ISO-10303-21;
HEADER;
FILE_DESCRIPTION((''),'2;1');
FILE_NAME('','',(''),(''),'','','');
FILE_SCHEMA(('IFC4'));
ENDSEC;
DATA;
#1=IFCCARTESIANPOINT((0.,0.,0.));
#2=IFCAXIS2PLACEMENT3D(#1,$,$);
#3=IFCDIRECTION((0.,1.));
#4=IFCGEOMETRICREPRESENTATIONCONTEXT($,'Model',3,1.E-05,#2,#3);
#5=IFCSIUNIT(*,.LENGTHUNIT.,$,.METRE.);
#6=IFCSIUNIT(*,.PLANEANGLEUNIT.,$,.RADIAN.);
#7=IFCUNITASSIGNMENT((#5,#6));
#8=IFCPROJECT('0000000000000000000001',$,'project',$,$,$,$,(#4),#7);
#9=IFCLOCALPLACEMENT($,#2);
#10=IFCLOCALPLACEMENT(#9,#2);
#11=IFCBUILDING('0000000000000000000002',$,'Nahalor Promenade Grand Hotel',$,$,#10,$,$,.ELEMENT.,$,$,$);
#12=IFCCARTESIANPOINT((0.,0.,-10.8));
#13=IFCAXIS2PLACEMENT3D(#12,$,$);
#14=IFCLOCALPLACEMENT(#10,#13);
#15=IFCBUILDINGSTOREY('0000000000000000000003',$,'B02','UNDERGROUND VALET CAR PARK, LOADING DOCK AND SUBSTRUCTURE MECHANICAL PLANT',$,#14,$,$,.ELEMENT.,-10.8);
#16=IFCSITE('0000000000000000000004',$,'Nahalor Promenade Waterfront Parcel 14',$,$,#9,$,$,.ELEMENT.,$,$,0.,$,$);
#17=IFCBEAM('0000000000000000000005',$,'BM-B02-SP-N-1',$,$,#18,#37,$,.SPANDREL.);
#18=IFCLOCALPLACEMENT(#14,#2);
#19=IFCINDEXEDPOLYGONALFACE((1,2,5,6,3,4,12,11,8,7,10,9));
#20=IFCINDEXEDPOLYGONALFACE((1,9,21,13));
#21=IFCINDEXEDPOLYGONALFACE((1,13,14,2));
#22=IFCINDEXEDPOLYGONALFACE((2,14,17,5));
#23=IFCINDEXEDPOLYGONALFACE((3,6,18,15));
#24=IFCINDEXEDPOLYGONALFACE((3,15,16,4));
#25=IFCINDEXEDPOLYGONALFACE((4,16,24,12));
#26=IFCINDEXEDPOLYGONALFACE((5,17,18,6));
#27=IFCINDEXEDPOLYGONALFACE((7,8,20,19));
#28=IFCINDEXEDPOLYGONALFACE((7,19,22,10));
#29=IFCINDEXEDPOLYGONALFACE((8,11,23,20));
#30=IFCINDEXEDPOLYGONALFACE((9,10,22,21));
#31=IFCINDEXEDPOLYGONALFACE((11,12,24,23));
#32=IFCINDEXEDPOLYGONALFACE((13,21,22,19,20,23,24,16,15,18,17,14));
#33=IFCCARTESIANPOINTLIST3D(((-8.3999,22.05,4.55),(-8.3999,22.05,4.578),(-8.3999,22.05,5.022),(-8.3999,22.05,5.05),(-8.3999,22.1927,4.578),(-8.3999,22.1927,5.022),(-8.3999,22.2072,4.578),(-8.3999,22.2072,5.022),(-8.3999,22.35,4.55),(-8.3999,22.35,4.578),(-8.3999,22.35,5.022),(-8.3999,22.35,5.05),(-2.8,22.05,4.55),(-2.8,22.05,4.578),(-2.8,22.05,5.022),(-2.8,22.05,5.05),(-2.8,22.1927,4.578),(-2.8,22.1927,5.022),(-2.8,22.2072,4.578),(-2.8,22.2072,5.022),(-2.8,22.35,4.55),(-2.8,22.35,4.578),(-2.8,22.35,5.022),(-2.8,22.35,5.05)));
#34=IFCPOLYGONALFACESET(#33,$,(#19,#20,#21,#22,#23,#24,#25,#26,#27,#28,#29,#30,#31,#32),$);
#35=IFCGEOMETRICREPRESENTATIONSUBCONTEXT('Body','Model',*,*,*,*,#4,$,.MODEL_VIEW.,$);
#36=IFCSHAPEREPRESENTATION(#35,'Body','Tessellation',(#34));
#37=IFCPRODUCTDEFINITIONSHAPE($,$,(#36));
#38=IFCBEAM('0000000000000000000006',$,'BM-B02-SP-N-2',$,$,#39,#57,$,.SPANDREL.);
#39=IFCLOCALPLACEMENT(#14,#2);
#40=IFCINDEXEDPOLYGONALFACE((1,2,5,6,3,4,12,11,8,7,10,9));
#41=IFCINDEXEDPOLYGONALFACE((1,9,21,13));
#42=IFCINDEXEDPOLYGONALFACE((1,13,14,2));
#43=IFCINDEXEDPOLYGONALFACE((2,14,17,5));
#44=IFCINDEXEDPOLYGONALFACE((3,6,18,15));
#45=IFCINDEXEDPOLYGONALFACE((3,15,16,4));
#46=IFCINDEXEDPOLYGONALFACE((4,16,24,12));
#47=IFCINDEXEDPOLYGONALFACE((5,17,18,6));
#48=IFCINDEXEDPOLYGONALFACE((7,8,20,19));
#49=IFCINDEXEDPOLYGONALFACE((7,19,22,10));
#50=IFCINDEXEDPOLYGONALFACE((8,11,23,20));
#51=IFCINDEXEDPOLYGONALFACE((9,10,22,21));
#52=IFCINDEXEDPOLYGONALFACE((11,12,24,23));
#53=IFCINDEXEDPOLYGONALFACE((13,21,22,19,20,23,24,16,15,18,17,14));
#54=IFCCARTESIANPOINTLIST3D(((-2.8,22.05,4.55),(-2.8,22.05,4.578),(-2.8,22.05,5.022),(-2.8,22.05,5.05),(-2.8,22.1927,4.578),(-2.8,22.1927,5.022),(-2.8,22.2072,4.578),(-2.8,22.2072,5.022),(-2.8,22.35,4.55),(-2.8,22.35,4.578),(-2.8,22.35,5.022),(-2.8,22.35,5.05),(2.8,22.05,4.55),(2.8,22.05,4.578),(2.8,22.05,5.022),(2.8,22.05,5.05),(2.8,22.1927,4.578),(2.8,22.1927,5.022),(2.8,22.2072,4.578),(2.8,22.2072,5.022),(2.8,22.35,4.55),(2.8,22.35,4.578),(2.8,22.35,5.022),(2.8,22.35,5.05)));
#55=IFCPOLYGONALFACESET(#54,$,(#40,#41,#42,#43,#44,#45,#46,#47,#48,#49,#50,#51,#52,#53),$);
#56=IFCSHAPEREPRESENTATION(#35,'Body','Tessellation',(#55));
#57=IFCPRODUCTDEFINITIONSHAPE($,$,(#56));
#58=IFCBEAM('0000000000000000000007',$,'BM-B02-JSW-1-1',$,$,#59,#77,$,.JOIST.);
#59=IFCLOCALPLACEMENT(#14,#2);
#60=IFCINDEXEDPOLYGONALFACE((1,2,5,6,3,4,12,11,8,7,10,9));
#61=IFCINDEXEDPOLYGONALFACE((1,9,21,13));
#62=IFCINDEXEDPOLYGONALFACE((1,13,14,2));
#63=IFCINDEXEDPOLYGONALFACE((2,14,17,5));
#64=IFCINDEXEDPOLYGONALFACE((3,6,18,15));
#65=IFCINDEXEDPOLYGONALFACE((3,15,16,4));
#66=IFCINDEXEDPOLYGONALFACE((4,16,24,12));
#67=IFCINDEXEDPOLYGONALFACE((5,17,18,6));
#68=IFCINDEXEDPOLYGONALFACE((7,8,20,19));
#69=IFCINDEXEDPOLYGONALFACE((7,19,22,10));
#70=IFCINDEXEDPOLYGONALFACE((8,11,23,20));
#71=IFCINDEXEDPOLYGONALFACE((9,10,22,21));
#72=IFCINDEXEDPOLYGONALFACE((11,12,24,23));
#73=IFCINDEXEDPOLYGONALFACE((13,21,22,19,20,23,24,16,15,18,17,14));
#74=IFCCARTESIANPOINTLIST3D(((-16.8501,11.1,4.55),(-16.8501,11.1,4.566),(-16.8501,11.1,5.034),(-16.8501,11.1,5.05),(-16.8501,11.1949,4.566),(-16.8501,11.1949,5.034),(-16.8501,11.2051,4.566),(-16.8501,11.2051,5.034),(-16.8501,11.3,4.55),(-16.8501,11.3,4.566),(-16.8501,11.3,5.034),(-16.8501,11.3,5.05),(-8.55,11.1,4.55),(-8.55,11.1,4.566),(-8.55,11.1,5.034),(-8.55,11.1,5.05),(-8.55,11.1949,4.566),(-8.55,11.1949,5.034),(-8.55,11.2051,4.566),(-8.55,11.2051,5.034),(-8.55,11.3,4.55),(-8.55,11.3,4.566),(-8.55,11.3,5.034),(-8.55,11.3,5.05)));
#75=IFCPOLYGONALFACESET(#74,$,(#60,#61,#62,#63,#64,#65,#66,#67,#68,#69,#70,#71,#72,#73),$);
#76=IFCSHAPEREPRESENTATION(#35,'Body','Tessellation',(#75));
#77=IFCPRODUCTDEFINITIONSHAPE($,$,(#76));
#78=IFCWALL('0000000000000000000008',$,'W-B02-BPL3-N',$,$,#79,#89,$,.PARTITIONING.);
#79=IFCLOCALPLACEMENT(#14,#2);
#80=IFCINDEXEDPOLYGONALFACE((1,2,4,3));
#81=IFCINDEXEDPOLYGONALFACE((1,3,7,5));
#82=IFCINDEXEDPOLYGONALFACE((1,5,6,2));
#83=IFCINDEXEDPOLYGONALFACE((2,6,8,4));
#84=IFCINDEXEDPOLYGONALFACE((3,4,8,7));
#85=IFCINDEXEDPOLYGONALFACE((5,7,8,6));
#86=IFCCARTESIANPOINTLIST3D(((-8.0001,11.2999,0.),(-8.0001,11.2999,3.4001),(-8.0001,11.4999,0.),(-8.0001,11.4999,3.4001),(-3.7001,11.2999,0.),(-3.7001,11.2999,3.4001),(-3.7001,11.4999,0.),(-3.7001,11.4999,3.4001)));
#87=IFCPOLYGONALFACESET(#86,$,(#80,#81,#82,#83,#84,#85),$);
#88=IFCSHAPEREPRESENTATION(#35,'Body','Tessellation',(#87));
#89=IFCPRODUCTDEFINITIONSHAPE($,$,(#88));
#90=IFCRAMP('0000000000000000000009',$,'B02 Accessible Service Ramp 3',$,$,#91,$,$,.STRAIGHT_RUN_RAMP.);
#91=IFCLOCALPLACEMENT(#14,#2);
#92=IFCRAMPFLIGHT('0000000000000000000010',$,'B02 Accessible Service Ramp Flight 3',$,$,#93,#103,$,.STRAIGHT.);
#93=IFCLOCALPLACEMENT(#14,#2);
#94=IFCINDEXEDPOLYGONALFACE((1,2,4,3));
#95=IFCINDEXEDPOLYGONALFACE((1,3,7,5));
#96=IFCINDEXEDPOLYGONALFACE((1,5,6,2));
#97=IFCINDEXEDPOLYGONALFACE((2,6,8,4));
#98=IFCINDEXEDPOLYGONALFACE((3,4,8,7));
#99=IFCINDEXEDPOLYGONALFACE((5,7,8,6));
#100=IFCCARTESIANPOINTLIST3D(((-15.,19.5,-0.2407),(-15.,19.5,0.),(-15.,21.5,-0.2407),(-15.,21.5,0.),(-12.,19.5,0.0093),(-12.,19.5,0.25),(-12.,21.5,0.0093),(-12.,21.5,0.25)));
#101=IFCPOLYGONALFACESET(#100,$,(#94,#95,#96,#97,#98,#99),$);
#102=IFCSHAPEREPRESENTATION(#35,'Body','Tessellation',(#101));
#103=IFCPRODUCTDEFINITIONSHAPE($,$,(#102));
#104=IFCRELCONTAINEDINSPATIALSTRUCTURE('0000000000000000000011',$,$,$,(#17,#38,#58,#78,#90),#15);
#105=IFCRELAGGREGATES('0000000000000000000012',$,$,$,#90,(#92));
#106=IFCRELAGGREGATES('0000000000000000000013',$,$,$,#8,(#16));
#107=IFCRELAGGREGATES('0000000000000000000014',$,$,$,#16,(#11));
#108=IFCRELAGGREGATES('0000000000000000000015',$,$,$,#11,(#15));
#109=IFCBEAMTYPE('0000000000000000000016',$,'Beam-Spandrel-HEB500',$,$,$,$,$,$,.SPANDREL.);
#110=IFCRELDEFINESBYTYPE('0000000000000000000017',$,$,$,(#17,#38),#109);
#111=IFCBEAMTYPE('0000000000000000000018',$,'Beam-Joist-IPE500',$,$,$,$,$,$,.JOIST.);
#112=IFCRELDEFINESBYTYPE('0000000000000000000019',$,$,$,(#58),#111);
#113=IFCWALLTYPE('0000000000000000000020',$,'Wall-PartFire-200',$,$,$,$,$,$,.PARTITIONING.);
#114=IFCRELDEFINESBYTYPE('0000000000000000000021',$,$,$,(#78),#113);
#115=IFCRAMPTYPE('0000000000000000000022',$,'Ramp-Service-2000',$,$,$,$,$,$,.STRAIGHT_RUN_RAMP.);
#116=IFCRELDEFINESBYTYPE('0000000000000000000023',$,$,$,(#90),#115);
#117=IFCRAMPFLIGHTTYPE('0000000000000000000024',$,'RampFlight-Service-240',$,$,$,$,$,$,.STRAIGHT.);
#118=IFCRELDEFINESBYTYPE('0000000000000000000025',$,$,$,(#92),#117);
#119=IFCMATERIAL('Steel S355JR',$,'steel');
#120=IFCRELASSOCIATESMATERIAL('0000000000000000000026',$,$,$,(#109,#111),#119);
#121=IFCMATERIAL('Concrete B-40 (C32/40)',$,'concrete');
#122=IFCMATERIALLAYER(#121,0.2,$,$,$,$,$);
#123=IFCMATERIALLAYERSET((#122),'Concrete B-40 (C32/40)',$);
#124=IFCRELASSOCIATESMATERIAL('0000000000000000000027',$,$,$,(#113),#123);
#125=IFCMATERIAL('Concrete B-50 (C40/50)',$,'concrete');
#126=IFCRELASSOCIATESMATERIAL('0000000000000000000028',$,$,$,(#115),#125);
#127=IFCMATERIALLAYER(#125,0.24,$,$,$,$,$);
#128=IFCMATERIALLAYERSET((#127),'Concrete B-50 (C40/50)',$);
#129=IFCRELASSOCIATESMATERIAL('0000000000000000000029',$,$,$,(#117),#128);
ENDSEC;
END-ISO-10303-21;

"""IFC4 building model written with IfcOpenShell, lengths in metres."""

from ifc_helpers import new_model, si_unit, direction, frame, frame_2d, origin, origin_2d, place, context, subcontext, project, spatial, polyline, rectangle, i_section, outline, extrude, source, transform, mapped, material, layer, layer_set, material_profile, profile_set, type_object, element, aggregate, save


model = new_model("IFC4")

# Units and contexts
model_context = context("Model", 3, precision=1e-05, world=origin(), true_north=direction((0.0, 1.0)))
body_context = subcontext(model_context, "Body", "Model", "MODEL_VIEW")
ifc_project = project(units=[si_unit("LENGTHUNIT", "METRE"), si_unit("PLANEANGLEUNIT", "RADIAN")], contexts=[model_context])

# Site, building, storey
site_placement = place(None, origin())
site = spatial("IfcSite", under=ifc_project, at=site_placement, Name="Nahalor Promenade Waterfront Parcel 14", CompositionType="ELEMENT", RefElevation=0.0)
building_placement = place(site_placement, origin())
building = spatial("IfcBuilding", under=site, at=building_placement, Name="Nahalor Promenade Grand Hotel", CompositionType="ELEMENT")
storey_placement = place(building_placement, frame((0.0, 0.0, -10.8)))
storey = spatial("IfcBuildingStorey", under=building, at=storey_placement, Name="B02", Description="UNDERGROUND VALET CAR PARK, LOADING DOCK AND SUBSTRUCTURE MECHANICAL PLANT", CompositionType="ELEMENT", Elevation=-10.8)

# Shared definitions
ifc_material_1 = material(Name="Concrete B-50 (C40/50)", Category="concrete")

# Beams
ifc_material_2 = material(Name="Steel S355JR", Category="steel")
ifc_material_profile_1 = material_profile(ifc_material_2, i_section(OverallWidth=0.3, OverallDepth=0.5, WebThickness=0.0145, FlangeThickness=0.028, at=origin_2d()), Name="HEB 500")
ifc_profile_set_1 = profile_set([ifc_material_profile_1], Name="Steel S355JR")
beam_type_1 = type_object("IfcBeamType", Name="Beam-Spandrel-HEB500", PredefinedType="SPANDREL", material=ifc_profile_set_1)
shared_shape_1 = source(origin(), body_context, "Body", "SweptSolid", [
    extrude(i_section(OverallWidth=0.3, OverallDepth=0.5, WebThickness=0.0145, FlangeThickness=0.028, at=origin_2d()), origin(), (0.0, 0.0, 1.0), 5.5999),
])
beam_1_placement = place(storey_placement, frame((-8.3999, 22.2, 4.8), z_axis=(1.0, 0.0, 0.0), x_axis=(0.0, 1.0, 0.0)))
element("IfcBeam", 1, at=beam_1_placement, inside=storey, type_object=beam_type_1, Name="BM-B02-SP-N-1", PredefinedType="SPANDREL", context=body_context, shape_type="MappedRepresentation", body=[
    mapped(shared_shape_1, transform((0.0, 0.0, 0.0), scale=1.0)),
])
shared_shape_2 = source(origin(), body_context, "Body", "SweptSolid", [
    extrude(i_section(OverallWidth=0.3, OverallDepth=0.5, WebThickness=0.0145, FlangeThickness=0.028, at=origin_2d()), origin(), (0.0, 0.0, 1.0), 5.6001),
])
beam_2_placement = place(storey_placement, frame((-2.8, 22.2, 4.8), z_axis=(1.0, 0.0, 0.0), x_axis=(0.0, 1.0, 0.0)))
element("IfcBeam", 2, at=beam_2_placement, inside=storey, type_object=beam_type_1, Name="BM-B02-SP-N-2", PredefinedType="SPANDREL", context=body_context, shape_type="MappedRepresentation", body=[
    mapped(shared_shape_2, transform((0.0, 0.0, 0.0), scale=1.0)),
])
ifc_material_profile_2 = material_profile(ifc_material_2, i_section(OverallWidth=0.2, OverallDepth=0.5, WebThickness=0.0102, FlangeThickness=0.016, at=origin_2d()), Name="IPE 500")
ifc_profile_set_2 = profile_set([ifc_material_profile_2], Name="Steel S355JR")
beam_type_2 = type_object("IfcBeamType", Name="Beam-Joist-IPE500", PredefinedType="JOIST", material=ifc_profile_set_2)
shared_shape_3 = source(origin(), body_context, "Body", "SweptSolid", [
    extrude(i_section(OverallWidth=0.2, OverallDepth=0.5, WebThickness=0.0102, FlangeThickness=0.016, at=origin_2d()), origin(), (0.0, 0.0, 1.0), 8.3),
])
beam_3_placement = place(storey_placement, frame((-16.8501, 11.2, 4.8), z_axis=(1.0, 0.0, 0.0), x_axis=(0.0, 1.0, 0.0)))
element("IfcBeam", 3, at=beam_3_placement, inside=storey, type_object=beam_type_2, Name="BM-B02-JSW-1-1", PredefinedType="JOIST", context=body_context, shape_type="MappedRepresentation", body=[
    mapped(shared_shape_3, transform((0.0, 0.0, 0.0), scale=1.0)),
])

# Wall
ifc_material_3 = material(Name="Concrete B-40 (C32/40)", Category="concrete")
ifc_layer_1 = layer(ifc_material_3, 0.2)
ifc_layer_set_1 = layer_set([ifc_layer_1], Name="Concrete B-40 (C32/40)")
wall_type = type_object("IfcWallType", Name="Wall-PartFire-200", PredefinedType="PARTITIONING", material=ifc_layer_set_1)
shared_shape_4 = source(origin(), body_context, "Body", "SweptSolid", [
    extrude(rectangle(XDim=4.3, YDim=0.2, at=frame_2d((2.1499, 0.0))), origin(), (0.0, 0.0, 1.0), 3.4001),
])
wall_placement = place(storey_placement, frame((-8.0, 11.3999, 0.0), z_axis=(0.0, 0.0, 1.0), x_axis=(1.0, 0.0, 0.0)))
element("IfcWall", 4, at=wall_placement, inside=storey, type_object=wall_type, Name="W-B02-BPL3-N", PredefinedType="PARTITIONING", context=body_context, shape_type="MappedRepresentation", body=[
    mapped(shared_shape_4, transform((0.0, 0.0, 0.0), scale=1.0)),
])

# Ramp, ramp flight
ramp_type = type_object("IfcRampType", Name="Ramp-Service-2000", PredefinedType="STRAIGHT_RUN_RAMP", material=ifc_material_1)
ramp_placement = place(storey_placement, origin())
ramp = element("IfcRamp", 5, at=ramp_placement, inside=storey, type_object=ramp_type, Name="B02 Accessible Service Ramp 3", PredefinedType="STRAIGHT_RUN_RAMP")
ifc_layer_2 = layer(ifc_material_1, 0.24)
ifc_layer_set_2 = layer_set([ifc_layer_2], Name="Concrete B-50 (C40/50)")
ramp_flight_type = type_object("IfcRampFlightType", Name="RampFlight-Service-240", PredefinedType="STRAIGHT", material=ifc_layer_set_2)
ramp_flight_placement = place(storey_placement, frame((-15.0, 19.5, 0.0), z_axis=(-0.083045, 0.0, 0.996546), x_axis=(0.0, 1.0, 0.0)))
ramp_flight = element("IfcRampFlight", 6, at=ramp_flight_placement, type_object=ramp_flight_type, Name="B02 Accessible Service Ramp Flight 3", PredefinedType="STRAIGHT", context=body_context, shape_type="SweptSolid", body=[
    extrude(outline(polyline([(0.0, 0.0), (2.0, 0.0), (2.0, -3.0104), (0.0, -3.0104), (0.0, 0.0)])), origin(), (0.0, 0.083045, -0.996546), 0.2407),
])
aggregate(ramp, [ramp_flight])

save(model, "model.ifc")
